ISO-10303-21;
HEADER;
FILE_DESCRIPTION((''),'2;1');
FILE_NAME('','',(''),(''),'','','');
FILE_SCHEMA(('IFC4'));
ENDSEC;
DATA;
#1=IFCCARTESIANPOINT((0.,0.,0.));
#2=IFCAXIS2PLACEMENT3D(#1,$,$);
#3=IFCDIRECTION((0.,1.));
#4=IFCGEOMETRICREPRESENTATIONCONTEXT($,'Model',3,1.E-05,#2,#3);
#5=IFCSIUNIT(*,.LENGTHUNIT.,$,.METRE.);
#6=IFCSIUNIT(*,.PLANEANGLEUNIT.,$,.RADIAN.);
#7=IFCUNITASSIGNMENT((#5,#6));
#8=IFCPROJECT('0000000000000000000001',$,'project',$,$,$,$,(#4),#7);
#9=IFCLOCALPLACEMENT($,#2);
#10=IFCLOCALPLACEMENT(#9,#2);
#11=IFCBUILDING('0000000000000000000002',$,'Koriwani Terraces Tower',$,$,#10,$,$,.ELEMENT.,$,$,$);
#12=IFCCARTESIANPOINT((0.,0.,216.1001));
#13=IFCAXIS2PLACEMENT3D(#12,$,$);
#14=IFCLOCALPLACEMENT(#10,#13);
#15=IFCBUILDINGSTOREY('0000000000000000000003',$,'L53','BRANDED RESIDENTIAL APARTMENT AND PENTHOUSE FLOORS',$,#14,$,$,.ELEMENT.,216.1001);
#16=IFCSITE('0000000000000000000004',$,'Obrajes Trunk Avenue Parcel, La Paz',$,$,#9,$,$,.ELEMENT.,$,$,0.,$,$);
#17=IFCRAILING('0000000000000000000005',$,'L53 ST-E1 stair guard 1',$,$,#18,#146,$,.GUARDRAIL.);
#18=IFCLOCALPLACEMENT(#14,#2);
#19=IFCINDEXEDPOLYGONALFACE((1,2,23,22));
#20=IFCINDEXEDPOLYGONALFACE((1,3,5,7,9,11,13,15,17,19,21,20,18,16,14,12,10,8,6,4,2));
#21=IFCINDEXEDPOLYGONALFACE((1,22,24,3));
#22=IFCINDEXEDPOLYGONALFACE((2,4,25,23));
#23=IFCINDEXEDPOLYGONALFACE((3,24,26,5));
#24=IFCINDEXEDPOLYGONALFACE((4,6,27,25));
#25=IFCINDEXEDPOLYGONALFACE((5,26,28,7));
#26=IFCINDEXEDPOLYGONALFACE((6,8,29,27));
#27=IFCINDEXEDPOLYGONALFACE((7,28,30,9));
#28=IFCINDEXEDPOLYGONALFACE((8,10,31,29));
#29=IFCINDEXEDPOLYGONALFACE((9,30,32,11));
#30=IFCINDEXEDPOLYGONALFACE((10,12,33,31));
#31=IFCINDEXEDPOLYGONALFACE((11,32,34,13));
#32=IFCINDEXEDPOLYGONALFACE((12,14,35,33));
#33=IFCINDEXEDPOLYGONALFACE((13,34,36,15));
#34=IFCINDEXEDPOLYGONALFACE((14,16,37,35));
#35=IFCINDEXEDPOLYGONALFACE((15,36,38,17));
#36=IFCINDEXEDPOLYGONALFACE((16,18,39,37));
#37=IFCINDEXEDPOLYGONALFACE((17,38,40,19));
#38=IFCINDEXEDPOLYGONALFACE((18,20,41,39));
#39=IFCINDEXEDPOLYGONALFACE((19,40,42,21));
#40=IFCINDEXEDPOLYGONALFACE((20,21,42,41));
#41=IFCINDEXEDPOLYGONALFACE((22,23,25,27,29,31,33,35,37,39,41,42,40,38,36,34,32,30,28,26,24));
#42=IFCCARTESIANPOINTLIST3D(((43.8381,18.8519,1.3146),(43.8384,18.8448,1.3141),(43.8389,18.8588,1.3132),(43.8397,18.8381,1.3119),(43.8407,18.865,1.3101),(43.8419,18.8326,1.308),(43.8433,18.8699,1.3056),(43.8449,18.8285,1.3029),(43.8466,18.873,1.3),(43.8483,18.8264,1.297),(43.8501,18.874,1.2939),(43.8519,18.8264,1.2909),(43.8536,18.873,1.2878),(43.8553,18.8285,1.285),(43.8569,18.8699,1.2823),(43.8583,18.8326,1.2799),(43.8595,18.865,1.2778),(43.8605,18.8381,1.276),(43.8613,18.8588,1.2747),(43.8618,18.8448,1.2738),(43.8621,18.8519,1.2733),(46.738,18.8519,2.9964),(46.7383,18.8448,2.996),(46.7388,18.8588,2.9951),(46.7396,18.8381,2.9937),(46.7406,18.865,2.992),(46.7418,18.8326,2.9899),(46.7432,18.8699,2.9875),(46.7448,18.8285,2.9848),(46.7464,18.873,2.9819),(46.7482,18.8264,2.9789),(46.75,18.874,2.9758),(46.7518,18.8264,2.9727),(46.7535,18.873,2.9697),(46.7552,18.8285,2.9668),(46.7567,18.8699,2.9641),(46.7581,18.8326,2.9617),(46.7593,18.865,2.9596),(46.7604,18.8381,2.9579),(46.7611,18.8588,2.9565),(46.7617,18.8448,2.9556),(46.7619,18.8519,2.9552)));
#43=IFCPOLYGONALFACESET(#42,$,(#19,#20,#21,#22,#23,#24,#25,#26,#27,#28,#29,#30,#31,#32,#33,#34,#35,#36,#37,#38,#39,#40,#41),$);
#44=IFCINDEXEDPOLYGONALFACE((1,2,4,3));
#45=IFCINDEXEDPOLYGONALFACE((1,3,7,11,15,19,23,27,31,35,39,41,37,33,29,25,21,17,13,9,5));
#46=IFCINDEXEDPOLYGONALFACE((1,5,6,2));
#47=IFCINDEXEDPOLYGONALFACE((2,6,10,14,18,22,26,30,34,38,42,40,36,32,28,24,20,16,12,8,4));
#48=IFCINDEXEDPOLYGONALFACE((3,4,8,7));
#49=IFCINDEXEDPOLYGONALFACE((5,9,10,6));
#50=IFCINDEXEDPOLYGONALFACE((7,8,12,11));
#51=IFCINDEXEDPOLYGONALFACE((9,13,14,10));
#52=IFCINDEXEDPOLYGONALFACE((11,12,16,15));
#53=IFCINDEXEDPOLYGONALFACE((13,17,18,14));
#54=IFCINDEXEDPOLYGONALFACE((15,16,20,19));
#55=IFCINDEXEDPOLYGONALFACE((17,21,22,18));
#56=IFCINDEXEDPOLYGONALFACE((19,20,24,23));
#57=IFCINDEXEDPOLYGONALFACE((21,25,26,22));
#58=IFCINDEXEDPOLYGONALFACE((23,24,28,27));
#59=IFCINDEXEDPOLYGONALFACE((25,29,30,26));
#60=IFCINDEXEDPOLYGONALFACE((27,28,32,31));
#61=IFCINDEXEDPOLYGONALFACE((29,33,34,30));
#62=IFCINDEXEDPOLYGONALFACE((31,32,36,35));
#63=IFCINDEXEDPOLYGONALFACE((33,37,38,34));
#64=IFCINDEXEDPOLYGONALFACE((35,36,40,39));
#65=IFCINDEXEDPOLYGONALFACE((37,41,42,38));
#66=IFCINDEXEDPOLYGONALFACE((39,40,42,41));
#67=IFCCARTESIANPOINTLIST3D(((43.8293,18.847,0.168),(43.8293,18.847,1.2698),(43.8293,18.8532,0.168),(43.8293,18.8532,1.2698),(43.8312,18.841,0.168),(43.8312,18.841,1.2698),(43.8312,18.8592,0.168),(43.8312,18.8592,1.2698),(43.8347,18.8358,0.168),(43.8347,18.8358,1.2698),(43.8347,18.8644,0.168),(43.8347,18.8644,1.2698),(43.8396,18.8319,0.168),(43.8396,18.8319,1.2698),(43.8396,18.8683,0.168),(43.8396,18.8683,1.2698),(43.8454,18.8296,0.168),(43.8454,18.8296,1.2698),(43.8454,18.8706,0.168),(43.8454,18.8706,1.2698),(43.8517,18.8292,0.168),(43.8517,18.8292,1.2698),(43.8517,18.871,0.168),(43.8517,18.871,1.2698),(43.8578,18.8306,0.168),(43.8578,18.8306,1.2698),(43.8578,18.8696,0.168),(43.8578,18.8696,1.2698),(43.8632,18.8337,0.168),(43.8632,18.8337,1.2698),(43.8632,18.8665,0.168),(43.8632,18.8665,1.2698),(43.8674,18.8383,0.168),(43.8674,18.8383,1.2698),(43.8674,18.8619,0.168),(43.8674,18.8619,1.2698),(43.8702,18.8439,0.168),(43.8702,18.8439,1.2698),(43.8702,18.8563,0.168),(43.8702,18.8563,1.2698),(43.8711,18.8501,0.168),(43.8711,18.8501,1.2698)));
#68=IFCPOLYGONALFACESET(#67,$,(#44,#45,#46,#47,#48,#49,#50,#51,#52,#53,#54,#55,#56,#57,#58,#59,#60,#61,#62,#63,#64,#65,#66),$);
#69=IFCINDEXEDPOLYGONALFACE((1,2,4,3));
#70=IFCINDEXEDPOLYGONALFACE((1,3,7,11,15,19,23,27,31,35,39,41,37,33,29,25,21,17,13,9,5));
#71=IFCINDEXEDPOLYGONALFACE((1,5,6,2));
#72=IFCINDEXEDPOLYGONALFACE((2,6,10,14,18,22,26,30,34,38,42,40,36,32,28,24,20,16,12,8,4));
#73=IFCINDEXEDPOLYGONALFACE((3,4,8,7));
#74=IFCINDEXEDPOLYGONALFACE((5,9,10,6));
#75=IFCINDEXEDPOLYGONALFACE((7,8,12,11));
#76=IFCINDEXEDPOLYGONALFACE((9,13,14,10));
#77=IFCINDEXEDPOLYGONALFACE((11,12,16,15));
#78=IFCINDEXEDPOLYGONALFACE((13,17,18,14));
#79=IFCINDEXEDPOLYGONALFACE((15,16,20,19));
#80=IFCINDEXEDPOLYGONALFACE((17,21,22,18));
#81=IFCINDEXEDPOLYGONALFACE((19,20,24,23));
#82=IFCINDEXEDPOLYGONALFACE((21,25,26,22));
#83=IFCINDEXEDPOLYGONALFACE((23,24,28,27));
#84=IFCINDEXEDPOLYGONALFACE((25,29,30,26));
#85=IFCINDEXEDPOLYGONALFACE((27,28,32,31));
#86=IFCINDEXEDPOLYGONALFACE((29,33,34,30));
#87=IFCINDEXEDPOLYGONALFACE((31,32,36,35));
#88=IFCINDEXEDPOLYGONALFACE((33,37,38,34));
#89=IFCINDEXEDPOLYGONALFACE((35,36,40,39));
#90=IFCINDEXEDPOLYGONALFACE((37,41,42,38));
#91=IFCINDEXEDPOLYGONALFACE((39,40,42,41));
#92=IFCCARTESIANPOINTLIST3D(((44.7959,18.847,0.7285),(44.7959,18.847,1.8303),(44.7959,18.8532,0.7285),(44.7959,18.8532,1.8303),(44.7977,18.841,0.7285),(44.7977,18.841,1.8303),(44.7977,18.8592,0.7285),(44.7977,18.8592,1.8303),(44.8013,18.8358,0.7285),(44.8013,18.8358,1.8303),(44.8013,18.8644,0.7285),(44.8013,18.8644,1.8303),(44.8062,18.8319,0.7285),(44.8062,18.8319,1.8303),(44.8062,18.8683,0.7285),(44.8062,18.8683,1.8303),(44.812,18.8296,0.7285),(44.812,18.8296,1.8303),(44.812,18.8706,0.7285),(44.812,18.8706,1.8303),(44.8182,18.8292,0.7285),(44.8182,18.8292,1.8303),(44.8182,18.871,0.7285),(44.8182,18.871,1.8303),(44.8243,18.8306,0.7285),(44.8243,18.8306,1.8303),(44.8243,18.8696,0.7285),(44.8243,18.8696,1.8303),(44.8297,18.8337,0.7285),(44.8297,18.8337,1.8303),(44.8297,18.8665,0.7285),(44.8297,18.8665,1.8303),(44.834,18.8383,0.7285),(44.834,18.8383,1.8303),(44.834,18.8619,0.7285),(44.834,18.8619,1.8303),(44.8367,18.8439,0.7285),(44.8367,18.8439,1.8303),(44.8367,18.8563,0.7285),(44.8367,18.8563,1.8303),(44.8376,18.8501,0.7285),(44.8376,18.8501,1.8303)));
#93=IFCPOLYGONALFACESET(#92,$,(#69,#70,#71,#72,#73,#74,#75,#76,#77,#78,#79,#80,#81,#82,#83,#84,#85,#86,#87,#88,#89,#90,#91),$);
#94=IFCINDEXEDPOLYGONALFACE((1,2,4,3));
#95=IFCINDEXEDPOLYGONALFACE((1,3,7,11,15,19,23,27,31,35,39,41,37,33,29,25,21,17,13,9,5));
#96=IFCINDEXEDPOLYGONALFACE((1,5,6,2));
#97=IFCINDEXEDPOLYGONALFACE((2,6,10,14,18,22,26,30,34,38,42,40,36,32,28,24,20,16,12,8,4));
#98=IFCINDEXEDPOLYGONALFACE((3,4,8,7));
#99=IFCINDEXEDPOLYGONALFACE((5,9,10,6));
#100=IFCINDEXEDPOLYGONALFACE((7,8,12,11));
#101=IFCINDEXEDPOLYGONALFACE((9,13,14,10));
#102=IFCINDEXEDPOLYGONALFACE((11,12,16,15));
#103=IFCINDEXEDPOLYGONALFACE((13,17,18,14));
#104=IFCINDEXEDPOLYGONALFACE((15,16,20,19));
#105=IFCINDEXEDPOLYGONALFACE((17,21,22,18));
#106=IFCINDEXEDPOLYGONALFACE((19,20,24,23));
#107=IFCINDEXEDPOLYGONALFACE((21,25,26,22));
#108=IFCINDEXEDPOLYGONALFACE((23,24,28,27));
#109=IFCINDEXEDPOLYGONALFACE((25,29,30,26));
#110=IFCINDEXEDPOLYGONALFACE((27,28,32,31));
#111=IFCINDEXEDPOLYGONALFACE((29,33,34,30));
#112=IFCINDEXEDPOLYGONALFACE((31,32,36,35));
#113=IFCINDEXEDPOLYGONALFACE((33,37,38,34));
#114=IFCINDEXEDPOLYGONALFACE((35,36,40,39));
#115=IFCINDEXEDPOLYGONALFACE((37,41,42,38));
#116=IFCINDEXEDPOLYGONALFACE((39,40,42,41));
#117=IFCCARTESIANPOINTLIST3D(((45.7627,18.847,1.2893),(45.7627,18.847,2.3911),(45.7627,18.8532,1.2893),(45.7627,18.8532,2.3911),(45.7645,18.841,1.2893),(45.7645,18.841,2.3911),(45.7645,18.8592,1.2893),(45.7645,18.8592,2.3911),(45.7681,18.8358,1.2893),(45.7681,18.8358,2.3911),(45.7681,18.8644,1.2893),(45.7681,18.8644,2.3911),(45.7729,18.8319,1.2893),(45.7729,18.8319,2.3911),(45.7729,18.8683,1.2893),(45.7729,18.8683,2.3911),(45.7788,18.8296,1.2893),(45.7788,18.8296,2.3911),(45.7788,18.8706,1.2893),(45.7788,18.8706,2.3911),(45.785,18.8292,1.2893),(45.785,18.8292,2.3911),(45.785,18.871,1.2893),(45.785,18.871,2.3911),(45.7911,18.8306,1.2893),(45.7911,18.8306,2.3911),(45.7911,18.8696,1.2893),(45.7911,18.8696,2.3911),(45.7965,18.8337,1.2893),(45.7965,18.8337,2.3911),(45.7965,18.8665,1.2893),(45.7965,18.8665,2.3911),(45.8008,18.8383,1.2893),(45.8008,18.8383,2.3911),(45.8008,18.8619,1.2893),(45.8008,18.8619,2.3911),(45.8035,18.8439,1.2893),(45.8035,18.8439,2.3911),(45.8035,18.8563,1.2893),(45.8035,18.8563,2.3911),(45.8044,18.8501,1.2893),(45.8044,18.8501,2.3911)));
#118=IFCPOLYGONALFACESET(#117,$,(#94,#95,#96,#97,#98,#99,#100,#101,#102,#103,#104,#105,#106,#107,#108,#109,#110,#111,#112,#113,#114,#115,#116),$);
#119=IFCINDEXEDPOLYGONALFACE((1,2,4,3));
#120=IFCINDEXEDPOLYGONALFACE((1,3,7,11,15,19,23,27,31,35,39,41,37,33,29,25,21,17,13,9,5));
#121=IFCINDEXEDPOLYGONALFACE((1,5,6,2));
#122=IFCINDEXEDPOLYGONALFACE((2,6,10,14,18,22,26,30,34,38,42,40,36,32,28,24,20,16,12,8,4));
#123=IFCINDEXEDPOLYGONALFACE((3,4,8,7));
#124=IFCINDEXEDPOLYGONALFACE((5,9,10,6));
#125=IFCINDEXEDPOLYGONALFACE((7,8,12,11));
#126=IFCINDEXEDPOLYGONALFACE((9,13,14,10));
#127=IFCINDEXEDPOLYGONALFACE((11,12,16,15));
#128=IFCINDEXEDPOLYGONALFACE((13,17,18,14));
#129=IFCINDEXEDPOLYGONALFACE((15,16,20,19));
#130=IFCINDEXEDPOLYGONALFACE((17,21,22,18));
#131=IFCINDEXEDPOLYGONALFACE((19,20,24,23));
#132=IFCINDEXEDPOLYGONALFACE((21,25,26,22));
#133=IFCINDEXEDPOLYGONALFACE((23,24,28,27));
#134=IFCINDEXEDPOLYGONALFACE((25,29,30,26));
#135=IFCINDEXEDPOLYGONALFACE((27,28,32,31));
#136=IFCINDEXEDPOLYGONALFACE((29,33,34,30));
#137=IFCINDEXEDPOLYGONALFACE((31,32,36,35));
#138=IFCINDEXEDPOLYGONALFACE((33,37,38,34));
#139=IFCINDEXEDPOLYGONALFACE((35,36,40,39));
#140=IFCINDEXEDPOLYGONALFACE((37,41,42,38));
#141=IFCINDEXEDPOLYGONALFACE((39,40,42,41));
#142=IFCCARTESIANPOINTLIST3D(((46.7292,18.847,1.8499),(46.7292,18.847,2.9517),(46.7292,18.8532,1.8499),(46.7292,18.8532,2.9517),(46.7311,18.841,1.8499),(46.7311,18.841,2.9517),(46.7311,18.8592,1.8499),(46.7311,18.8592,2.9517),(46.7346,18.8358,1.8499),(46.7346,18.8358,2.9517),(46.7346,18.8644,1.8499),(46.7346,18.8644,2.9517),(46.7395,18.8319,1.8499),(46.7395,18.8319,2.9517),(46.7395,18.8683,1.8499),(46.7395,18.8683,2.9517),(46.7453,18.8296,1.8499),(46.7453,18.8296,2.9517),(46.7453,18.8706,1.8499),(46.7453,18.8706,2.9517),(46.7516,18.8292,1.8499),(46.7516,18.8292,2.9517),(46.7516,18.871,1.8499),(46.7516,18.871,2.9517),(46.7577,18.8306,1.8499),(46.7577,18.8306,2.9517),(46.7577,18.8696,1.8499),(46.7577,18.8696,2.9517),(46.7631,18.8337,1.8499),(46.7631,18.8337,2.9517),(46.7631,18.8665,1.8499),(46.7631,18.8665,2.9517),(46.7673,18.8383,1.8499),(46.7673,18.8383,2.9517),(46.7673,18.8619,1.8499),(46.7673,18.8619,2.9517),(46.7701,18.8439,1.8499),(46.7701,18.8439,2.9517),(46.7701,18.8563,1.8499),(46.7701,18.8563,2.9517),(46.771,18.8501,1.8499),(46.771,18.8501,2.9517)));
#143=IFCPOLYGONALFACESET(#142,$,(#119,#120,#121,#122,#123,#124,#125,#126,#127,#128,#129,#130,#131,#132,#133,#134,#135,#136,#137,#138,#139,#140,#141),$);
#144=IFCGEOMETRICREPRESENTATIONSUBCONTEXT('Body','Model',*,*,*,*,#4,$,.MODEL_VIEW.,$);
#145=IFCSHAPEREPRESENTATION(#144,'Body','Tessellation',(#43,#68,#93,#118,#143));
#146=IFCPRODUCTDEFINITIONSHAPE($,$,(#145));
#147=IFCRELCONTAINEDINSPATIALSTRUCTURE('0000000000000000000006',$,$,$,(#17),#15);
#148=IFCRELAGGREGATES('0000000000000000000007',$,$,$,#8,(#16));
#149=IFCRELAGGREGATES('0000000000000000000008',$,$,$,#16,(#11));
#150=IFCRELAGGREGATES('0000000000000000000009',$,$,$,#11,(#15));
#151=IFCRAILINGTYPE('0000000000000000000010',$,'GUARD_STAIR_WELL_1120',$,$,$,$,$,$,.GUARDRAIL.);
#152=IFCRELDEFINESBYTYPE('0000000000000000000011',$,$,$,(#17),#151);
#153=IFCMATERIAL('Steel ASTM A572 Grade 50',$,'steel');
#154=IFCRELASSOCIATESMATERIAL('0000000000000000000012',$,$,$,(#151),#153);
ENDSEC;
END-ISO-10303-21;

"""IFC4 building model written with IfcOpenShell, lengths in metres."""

from ifc_helpers import new_model, si_unit, direction, frame, origin, origin_2d, place, context, subcontext, project, spatial, circle, extrude, material, type_object, element, save


model = new_model("IFC4")

# Units and contexts
model_context = context("Model", 3, precision=1e-05, world=origin(), true_north=direction((0.0, 1.0)))
body_context = subcontext(model_context, "Body", "Model", "MODEL_VIEW")
ifc_project = project(units=[si_unit("LENGTHUNIT", "METRE"), si_unit("PLANEANGLEUNIT", "RADIAN")], contexts=[model_context])

# Site, building, storey
site_placement = place(None, origin())
site = spatial("IfcSite", under=ifc_project, at=site_placement, Name="Obrajes Trunk Avenue Parcel, La Paz", CompositionType="ELEMENT", RefElevation=0.0)
building_placement = place(site_placement, origin())
building = spatial("IfcBuilding", under=site, at=building_placement, Name="Koriwani Terraces Tower", CompositionType="ELEMENT")
storey_placement = place(building_placement, frame((0.0, 0.0, 216.1001)))
storey = spatial("IfcBuildingStorey", under=building, at=storey_placement, Name="L53", Description="BRANDED RESIDENTIAL APARTMENT AND PENTHOUSE FLOORS", CompositionType="ELEMENT", Elevation=216.1001)

# Shared definitions
ifc_material_1 = material(Name="Steel ASTM A572 Grade 50", Category="steel")

# Railing
railing_type_1 = type_object("IfcRailingType", Name="GUARD_STAIR_WELL_1120", PredefinedType="GUARDRAIL", material=ifc_material_1)
railing_1_placement = place(storey_placement, frame((43.8501, 18.8501, 0.168)))
element("IfcRailing", 1, at=railing_1_placement, inside=storey, type_object=railing_type_1, Name="L53 ST-E1 stair guard 1", PredefinedType="GUARDRAIL", context=body_context, shape_type="SweptSolid", body=[
    extrude(circle(Radius=0.0239, at=origin_2d()), frame((0.0, 0.0, 1.126), z_axis=(0.865039, 0.0, 0.501705), x_axis=(0.0, 1.0, 0.0)), (0.0, 0.0, 1.0), 3.3523),
    extrude(circle(Radius=0.021, at=origin_2d()), origin(), (0.0, 0.0, 1.0), 1.1018),
    extrude(circle(Radius=0.021, at=origin_2d()), frame((0.9666, 0.0, 0.5605)), (0.0, 0.0, 1.0), 1.1018),
    extrude(circle(Radius=0.021, at=origin_2d()), frame((1.9333, 0.0, 1.1213)), (0.0, 0.0, 1.0), 1.1018),
    extrude(circle(Radius=0.021, at=origin_2d()), frame((2.8999, 0.0, 1.6819)), (0.0, 0.0, 1.0), 1.1018),
])

save(model, "model.ifc")
